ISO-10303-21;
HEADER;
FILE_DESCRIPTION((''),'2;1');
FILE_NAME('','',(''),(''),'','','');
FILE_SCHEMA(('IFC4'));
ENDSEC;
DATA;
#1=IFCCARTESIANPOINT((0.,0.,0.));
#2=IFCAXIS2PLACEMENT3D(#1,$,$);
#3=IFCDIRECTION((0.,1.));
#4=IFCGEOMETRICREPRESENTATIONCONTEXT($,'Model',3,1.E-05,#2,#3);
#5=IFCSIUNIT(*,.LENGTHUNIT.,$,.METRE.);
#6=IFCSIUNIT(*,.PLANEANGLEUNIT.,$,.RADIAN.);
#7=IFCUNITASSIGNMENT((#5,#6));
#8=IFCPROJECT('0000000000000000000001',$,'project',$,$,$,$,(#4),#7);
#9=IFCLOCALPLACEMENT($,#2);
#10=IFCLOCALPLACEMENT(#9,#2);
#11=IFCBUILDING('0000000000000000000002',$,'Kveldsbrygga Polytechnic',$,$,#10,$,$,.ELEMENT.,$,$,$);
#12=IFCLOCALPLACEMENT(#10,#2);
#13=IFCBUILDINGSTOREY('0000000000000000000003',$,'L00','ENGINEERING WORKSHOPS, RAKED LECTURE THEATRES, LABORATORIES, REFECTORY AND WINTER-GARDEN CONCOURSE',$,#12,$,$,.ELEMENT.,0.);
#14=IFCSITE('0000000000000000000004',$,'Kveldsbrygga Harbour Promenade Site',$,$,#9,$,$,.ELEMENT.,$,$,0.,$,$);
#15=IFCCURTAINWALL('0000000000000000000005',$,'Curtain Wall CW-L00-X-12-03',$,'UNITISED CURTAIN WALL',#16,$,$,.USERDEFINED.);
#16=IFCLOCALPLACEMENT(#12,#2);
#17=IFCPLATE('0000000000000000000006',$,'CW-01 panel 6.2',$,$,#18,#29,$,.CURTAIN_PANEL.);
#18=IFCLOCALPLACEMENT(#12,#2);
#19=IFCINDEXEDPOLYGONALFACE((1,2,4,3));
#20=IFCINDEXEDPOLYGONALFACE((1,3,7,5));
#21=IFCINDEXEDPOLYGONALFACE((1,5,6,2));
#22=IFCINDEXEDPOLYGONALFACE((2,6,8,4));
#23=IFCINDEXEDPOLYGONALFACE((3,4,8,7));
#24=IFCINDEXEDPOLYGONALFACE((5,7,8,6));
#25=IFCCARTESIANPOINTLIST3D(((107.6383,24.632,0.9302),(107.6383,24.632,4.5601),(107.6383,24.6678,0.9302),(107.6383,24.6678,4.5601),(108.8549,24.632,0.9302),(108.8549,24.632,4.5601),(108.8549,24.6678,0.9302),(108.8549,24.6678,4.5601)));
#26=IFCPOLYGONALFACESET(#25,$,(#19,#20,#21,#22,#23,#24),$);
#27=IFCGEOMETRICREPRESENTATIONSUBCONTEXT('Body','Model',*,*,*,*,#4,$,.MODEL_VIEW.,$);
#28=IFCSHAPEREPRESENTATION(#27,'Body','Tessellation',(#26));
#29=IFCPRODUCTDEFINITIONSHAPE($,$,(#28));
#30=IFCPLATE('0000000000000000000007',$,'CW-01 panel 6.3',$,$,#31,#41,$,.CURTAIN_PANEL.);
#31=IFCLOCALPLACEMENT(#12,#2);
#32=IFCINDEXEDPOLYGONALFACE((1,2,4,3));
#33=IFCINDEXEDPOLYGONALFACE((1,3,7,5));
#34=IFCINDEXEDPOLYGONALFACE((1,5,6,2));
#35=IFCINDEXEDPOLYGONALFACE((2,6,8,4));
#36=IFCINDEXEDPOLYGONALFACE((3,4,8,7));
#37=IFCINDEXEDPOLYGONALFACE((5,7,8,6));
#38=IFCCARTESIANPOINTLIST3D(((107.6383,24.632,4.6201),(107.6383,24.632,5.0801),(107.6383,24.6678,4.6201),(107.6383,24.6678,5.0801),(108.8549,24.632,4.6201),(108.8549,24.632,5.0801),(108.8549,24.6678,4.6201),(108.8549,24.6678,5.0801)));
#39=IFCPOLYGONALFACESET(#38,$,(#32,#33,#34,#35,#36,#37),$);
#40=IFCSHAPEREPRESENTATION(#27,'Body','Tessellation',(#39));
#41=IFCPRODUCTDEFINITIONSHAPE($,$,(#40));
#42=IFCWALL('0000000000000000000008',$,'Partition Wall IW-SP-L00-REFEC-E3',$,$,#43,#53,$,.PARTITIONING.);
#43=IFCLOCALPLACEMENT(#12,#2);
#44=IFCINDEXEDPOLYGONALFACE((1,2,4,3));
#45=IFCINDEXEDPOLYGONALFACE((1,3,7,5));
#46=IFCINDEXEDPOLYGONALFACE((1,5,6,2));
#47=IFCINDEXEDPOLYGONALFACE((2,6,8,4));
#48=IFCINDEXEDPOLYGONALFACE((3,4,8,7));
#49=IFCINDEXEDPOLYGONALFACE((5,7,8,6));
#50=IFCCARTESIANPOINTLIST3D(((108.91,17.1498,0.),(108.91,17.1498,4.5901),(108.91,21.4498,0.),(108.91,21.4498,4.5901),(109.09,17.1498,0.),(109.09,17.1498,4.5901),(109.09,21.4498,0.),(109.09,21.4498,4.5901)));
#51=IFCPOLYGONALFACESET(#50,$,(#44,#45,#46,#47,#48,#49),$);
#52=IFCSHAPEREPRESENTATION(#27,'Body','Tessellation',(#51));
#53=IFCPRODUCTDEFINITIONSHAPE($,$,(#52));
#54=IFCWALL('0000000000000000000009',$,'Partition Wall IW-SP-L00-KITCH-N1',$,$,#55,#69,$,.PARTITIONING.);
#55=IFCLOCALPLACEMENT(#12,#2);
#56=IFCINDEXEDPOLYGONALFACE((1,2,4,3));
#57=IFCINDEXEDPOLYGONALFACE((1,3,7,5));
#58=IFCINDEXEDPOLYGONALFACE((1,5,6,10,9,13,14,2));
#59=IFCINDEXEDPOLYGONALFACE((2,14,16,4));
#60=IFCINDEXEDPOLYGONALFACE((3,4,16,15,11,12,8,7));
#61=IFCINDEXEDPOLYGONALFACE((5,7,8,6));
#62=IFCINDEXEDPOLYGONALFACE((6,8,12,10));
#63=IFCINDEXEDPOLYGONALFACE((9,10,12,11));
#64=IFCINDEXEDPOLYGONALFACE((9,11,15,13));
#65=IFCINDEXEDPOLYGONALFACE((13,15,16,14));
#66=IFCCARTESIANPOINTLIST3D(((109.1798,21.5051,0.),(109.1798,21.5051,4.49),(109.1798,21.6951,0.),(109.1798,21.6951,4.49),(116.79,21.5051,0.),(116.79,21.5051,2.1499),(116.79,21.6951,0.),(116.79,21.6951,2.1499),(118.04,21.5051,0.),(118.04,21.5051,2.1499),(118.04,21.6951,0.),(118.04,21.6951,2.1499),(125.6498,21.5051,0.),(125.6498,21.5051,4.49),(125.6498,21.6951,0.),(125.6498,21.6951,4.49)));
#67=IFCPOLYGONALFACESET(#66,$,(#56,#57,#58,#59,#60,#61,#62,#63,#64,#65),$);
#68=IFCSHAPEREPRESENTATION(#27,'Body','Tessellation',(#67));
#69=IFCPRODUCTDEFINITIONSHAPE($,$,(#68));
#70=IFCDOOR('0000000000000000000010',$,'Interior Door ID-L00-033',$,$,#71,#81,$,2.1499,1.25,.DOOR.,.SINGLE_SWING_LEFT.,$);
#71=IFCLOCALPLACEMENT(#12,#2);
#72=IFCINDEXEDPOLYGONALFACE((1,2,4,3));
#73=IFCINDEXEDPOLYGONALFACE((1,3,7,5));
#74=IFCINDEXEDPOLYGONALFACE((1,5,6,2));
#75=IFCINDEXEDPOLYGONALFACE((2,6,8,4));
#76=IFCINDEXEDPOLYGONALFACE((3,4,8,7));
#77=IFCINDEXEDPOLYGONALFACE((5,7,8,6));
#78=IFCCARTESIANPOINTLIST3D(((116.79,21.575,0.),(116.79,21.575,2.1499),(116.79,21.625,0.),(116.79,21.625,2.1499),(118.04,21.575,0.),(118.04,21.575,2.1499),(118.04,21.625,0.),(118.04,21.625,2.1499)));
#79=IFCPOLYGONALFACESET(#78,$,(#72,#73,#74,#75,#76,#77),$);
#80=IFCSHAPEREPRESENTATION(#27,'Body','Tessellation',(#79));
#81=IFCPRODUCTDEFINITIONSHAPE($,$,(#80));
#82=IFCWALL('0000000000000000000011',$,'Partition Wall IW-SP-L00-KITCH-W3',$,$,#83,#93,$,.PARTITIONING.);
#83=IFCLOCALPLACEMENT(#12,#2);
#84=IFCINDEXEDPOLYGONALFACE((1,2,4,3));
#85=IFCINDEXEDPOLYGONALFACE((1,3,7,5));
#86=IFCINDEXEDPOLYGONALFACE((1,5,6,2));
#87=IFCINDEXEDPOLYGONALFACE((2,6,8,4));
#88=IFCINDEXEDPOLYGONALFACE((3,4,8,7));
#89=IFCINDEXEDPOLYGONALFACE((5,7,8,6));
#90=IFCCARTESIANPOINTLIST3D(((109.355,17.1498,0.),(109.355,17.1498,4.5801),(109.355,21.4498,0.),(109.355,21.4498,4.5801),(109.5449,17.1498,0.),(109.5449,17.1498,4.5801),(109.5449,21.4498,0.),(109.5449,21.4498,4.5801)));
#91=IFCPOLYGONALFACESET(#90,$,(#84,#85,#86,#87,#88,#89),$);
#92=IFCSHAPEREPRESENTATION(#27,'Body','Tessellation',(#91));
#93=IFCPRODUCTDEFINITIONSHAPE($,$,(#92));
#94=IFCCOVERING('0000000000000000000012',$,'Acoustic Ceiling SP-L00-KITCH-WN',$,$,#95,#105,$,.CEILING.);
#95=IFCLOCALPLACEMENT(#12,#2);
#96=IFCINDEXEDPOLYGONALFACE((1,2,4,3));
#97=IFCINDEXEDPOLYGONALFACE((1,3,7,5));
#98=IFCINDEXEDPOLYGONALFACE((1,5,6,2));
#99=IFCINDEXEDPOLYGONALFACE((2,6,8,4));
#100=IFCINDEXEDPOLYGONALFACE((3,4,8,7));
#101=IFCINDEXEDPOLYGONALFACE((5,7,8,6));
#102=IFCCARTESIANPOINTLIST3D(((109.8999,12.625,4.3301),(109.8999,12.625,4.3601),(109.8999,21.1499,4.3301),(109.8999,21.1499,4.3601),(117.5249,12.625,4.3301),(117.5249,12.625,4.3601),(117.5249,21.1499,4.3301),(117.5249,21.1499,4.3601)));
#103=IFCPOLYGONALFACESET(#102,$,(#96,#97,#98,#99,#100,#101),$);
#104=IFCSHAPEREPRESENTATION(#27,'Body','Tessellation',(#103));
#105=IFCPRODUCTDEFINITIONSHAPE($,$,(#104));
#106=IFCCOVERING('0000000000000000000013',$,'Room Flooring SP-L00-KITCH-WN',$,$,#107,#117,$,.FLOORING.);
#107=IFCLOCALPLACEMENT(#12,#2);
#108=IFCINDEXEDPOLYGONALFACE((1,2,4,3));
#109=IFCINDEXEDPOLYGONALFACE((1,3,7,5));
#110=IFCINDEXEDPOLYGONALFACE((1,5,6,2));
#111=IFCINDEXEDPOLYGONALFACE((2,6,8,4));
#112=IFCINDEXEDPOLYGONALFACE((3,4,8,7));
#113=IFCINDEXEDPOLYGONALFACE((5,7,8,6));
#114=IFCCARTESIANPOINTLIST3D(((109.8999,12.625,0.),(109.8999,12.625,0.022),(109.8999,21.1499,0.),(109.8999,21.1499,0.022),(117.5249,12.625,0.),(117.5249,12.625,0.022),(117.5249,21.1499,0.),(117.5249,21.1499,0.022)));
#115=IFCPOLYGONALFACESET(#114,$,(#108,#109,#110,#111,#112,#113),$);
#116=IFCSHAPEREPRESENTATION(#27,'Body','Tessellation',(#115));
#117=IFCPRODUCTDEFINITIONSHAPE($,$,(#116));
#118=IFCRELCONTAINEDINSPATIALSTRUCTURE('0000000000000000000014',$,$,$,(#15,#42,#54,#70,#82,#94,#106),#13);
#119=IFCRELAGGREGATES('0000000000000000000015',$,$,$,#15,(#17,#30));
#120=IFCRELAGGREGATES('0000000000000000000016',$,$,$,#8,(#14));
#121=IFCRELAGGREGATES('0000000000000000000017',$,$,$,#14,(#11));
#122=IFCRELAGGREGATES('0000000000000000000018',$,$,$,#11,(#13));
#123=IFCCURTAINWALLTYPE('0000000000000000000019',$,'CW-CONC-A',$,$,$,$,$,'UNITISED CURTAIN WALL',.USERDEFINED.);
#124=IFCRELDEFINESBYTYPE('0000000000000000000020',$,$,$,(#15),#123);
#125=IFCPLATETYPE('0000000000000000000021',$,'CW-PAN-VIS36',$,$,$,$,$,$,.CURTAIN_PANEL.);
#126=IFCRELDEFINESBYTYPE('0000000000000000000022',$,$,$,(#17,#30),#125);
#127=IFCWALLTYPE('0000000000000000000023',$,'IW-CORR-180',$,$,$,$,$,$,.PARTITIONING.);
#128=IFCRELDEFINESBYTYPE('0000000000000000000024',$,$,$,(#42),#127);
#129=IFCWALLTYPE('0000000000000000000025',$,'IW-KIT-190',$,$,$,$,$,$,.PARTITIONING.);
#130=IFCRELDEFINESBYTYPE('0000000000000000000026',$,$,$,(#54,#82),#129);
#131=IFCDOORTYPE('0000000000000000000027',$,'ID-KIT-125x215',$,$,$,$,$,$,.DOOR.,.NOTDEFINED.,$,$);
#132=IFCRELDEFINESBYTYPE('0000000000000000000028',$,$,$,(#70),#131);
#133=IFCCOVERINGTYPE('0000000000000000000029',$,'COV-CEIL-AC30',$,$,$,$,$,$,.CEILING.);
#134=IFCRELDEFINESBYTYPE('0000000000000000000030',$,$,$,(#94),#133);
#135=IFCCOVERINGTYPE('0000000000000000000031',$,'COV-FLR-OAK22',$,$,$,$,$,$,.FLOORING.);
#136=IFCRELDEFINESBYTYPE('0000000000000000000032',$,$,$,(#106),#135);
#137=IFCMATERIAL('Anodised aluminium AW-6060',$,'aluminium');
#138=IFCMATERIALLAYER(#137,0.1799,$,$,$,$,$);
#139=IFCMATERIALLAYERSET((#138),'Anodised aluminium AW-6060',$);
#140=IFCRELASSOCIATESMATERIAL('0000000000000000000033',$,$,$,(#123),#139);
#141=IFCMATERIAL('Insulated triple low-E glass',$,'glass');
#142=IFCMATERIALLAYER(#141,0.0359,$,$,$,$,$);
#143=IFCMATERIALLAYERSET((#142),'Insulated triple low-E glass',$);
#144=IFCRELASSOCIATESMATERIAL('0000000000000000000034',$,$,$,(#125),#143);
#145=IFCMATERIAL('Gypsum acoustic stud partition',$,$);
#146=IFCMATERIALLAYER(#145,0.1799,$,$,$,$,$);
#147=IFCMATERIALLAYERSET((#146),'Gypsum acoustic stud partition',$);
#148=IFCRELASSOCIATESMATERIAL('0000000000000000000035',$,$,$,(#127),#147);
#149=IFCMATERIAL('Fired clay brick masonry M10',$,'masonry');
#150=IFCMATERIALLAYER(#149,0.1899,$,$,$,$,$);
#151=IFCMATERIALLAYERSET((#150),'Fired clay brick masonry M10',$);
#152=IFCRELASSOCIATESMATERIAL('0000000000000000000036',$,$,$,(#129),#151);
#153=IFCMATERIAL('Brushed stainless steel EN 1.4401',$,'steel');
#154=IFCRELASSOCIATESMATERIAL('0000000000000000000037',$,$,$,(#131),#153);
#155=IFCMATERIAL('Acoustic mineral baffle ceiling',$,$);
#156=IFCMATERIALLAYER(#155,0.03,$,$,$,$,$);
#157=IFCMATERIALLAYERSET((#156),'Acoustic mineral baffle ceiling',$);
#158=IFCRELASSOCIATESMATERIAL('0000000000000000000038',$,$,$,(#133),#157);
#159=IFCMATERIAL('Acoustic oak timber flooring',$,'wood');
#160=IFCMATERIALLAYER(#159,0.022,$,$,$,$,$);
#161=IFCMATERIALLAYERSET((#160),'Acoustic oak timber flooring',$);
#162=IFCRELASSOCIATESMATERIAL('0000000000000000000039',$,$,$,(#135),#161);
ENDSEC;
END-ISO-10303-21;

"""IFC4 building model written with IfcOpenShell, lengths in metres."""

from ifc_helpers import new_model, si_unit, direction, frame, frame_2d, origin, origin_2d, place, context, subcontext, project, spatial, rectangle, extrude, material, layer, layer_set, type_object, element, fill, aggregate, save


model = new_model("IFC4")

# Units and contexts
model_context = context("Model", 3, precision=1e-05, world=origin(), true_north=direction((0.0, 1.0)))
body_context = subcontext(model_context, "Body", "Model", "MODEL_VIEW")
ifc_project = project(units=[si_unit("LENGTHUNIT", "METRE"), si_unit("PLANEANGLEUNIT", "RADIAN")], contexts=[model_context])

# Site, building, storey
site_placement = place(None, origin())
site = spatial("IfcSite", under=ifc_project, at=site_placement, Name="Kveldsbrygga Harbour Promenade Site", CompositionType="ELEMENT", RefElevation=0.0)
building_placement = place(site_placement, origin())
building = spatial("IfcBuilding", under=site, at=building_placement, Name="Kveldsbrygga Polytechnic", CompositionType="ELEMENT")
storey_placement = place(building_placement, origin())
storey = spatial("IfcBuildingStorey", under=building, at=storey_placement, Name="L00", Description="ENGINEERING WORKSHOPS, RAKED LECTURE THEATRES, LABORATORIES, REFECTORY AND WINTER-GARDEN CONCOURSE", CompositionType="ELEMENT", Elevation=0.0)

# Curtain wall
ifc_material_1 = material(Name="Anodised aluminium AW-6060", Category="aluminium")
ifc_layer_1 = layer(ifc_material_1, 0.1799)
ifc_layer_set_1 = layer_set([ifc_layer_1], Name="Anodised aluminium AW-6060")
curtain_wall_type_1 = type_object("IfcCurtainWallType", Name="CW-CONC-A", ElementType="UNITISED CURTAIN WALL", PredefinedType="USERDEFINED", material=ifc_layer_set_1)
curtain_wall_1_placement = place(storey_placement, origin())
curtain_wall_1 = element("IfcCurtainWall", 1, at=curtain_wall_1_placement, inside=storey, type_object=curtain_wall_type_1, Name="Curtain Wall CW-L00-X-12-03", ObjectType="UNITISED CURTAIN WALL", PredefinedType="USERDEFINED")

# Plates
ifc_material_2 = material(Name="Insulated triple low-E glass", Category="glass")
ifc_layer_2 = layer(ifc_material_2, 0.0359)
ifc_layer_set_2 = layer_set([ifc_layer_2], Name="Insulated triple low-E glass")
plate_type = type_object("IfcPlateType", Name="CW-PAN-VIS36", PredefinedType="CURTAIN_PANEL", material=ifc_layer_set_2)
plate_1_placement = place(storey_placement, frame((108.2466, 24.6499, 0.9302), z_axis=(0.0, 0.0, 1.0), x_axis=(1.0, 0.0, 0.0)))
plate_1 = element("IfcPlate", 2, at=plate_1_placement, type_object=plate_type, Name="CW-01 panel 6.2", PredefinedType="CURTAIN_PANEL", context=body_context, shape_type="SweptSolid", body=[
    extrude(rectangle(XDim=1.2166, YDim=0.0359, at=origin_2d()), origin(), (0.0, 0.0, 1.0), 3.6299),
])
plate_2_placement = place(storey_placement, frame((108.2466, 24.6499, 4.6201), z_axis=(0.0, 0.0, 1.0), x_axis=(1.0, 0.0, 0.0)))
plate_2 = element("IfcPlate", 3, at=plate_2_placement, type_object=plate_type, Name="CW-01 panel 6.3", PredefinedType="CURTAIN_PANEL", context=body_context, shape_type="SweptSolid", body=[
    extrude(rectangle(XDim=1.2166, YDim=0.0359, at=origin_2d()), origin(), (0.0, 0.0, 1.0), 0.46),
])
aggregate(curtain_wall_1, [plate_1, plate_2])

# Wall
ifc_material_3 = material(Name="Gypsum acoustic stud partition")
ifc_layer_3 = layer(ifc_material_3, 0.1799)
ifc_layer_set_3 = layer_set([ifc_layer_3], Name="Gypsum acoustic stud partition")
wall_type_1 = type_object("IfcWallType", Name="IW-CORR-180", PredefinedType="PARTITIONING", material=ifc_layer_set_3)
wall_1_placement = place(storey_placement, frame((109.0, 17.1499, 0.0), z_axis=(0.0, 0.0, 1.0), x_axis=(0.0, 1.0, 0.0)))
element("IfcWall", 4, at=wall_1_placement, inside=storey, type_object=wall_type_1, Name="Partition Wall IW-SP-L00-REFEC-E3", PredefinedType="PARTITIONING", context=body_context, shape_type="SweptSolid", body=[
    extrude(rectangle(XDim=4.3, YDim=0.1799, at=frame_2d((2.1499, 0.0))), origin(), (0.0, 0.0, 1.0), 4.5901),
])

# Wall, opening, door
ifc_material_4 = material(Name="Fired clay brick masonry M10", Category="masonry")
ifc_layer_4 = layer(ifc_material_4, 0.1899)
ifc_layer_set_4 = layer_set([ifc_layer_4], Name="Fired clay brick masonry M10")
wall_type_2 = type_object("IfcWallType", Name="IW-KIT-190", PredefinedType="PARTITIONING", material=ifc_layer_set_4)
wall_2_placement = place(storey_placement, frame((109.1799, 21.6001, 0.0), z_axis=(0.0, 0.0, 1.0), x_axis=(1.0, 0.0, 0.0)))
wall_2 = element("IfcWall", 5, at=wall_2_placement, inside=storey, type_object=wall_type_2, Name="Partition Wall IW-SP-L00-KITCH-N1", PredefinedType="PARTITIONING", context=body_context, shape_type="SweptSolid", body=[
    extrude(rectangle(XDim=16.47, YDim=0.1899, at=frame_2d((8.2349, 0.0))), origin(), (0.0, 0.0, 1.0), 4.49),
])
opening_placement = place(wall_2_placement, frame((7.6101, 0.0, 0.0)))
opening = element("IfcOpeningElement", 6, at=opening_placement, cuts=wall_2, PredefinedType="OPENING", context=body_context, shape_type="SweptSolid", body=[
    extrude(rectangle(XDim=1.25, YDim=2.1499, at=frame_2d((0.625, 1.075))), frame((0.0, 0.105, 0.0), z_axis=(0.0, -1.0, 0.0), x_axis=(1.0, 0.0, 0.0)), (0.0, 0.0, 1.0), 0.21),
])
ifc_material_5 = material(Name="Brushed stainless steel EN 1.4401", Category="steel")
door_type = type_object("IfcDoorType", Name="ID-KIT-125x215", OperationType="NOTDEFINED", PredefinedType="DOOR", material=ifc_material_5)
door_placement = place(opening_placement, origin())
door = element("IfcDoor", 7, at=door_placement, inside=storey, type_object=door_type, Name="Interior Door ID-L00-033", OperationType="SINGLE_SWING_LEFT", OverallHeight=2.1499, OverallWidth=1.25, PredefinedType="DOOR", context=body_context, shape_type="SweptSolid", body=[
    extrude(rectangle(XDim=1.25, YDim=2.1499, at=frame_2d((0.625, 1.075))), frame((0.0, 0.0249, 0.0), z_axis=(0.0, -1.0, 0.0), x_axis=(1.0, 0.0, 0.0)), (0.0, 0.0, 1.0), 0.05),
])
fill(opening, door)

# Wall
wall_3_placement = place(storey_placement, frame((109.45, 17.1499, 0.0), z_axis=(0.0, 0.0, 1.0), x_axis=(0.0, 1.0, 0.0)))
element("IfcWall", 8, at=wall_3_placement, inside=storey, type_object=wall_type_2, Name="Partition Wall IW-SP-L00-KITCH-W3", PredefinedType="PARTITIONING", context=body_context, shape_type="SweptSolid", body=[
    extrude(rectangle(XDim=4.3, YDim=0.1899, at=frame_2d((2.1499, 0.0))), origin(), (0.0, 0.0, 1.0), 4.5801),
])

# Coverings
ifc_material_6 = material(Name="Acoustic mineral baffle ceiling")
ifc_layer_5 = layer(ifc_material_6, 0.03)
ifc_layer_set_5 = layer_set([ifc_layer_5], Name="Acoustic mineral baffle ceiling")
covering_type_1 = type_object("IfcCoveringType", Name="COV-CEIL-AC30", PredefinedType="CEILING", material=ifc_layer_set_5)
covering_1_placement = place(storey_placement, frame((113.7124, 16.8875, 4.3301), z_axis=(0.0, 0.0, 1.0), x_axis=(1.0, 0.0, 0.0)))
element("IfcCovering", 9, at=covering_1_placement, inside=storey, type_object=covering_type_1, Name="Acoustic Ceiling SP-L00-KITCH-WN", PredefinedType="CEILING", context=body_context, shape_type="SweptSolid", body=[
    extrude(rectangle(XDim=7.625, YDim=8.5249, at=origin_2d()), origin(), (0.0, 0.0, 1.0), 0.03),
])
ifc_material_7 = material(Name="Acoustic oak timber flooring", Category="wood")
ifc_layer_6 = layer(ifc_material_7, 0.022)
ifc_layer_set_6 = layer_set([ifc_layer_6], Name="Acoustic oak timber flooring")
covering_type_2 = type_object("IfcCoveringType", Name="COV-FLR-OAK22", PredefinedType="FLOORING", material=ifc_layer_set_6)
covering_2_placement = place(storey_placement, frame((113.7124, 16.8875, 0.0), z_axis=(0.0, 0.0, 1.0), x_axis=(1.0, 0.0, 0.0)))
element("IfcCovering", 10, at=covering_2_placement, inside=storey, type_object=covering_type_2, Name="Room Flooring SP-L00-KITCH-WN", PredefinedType="FLOORING", context=body_context, shape_type="SweptSolid", body=[
    extrude(rectangle(XDim=7.625, YDim=8.5249, at=origin_2d()), origin(), (0.0, 0.0, 1.0), 0.022),
])

save(model, "model.ifc")
